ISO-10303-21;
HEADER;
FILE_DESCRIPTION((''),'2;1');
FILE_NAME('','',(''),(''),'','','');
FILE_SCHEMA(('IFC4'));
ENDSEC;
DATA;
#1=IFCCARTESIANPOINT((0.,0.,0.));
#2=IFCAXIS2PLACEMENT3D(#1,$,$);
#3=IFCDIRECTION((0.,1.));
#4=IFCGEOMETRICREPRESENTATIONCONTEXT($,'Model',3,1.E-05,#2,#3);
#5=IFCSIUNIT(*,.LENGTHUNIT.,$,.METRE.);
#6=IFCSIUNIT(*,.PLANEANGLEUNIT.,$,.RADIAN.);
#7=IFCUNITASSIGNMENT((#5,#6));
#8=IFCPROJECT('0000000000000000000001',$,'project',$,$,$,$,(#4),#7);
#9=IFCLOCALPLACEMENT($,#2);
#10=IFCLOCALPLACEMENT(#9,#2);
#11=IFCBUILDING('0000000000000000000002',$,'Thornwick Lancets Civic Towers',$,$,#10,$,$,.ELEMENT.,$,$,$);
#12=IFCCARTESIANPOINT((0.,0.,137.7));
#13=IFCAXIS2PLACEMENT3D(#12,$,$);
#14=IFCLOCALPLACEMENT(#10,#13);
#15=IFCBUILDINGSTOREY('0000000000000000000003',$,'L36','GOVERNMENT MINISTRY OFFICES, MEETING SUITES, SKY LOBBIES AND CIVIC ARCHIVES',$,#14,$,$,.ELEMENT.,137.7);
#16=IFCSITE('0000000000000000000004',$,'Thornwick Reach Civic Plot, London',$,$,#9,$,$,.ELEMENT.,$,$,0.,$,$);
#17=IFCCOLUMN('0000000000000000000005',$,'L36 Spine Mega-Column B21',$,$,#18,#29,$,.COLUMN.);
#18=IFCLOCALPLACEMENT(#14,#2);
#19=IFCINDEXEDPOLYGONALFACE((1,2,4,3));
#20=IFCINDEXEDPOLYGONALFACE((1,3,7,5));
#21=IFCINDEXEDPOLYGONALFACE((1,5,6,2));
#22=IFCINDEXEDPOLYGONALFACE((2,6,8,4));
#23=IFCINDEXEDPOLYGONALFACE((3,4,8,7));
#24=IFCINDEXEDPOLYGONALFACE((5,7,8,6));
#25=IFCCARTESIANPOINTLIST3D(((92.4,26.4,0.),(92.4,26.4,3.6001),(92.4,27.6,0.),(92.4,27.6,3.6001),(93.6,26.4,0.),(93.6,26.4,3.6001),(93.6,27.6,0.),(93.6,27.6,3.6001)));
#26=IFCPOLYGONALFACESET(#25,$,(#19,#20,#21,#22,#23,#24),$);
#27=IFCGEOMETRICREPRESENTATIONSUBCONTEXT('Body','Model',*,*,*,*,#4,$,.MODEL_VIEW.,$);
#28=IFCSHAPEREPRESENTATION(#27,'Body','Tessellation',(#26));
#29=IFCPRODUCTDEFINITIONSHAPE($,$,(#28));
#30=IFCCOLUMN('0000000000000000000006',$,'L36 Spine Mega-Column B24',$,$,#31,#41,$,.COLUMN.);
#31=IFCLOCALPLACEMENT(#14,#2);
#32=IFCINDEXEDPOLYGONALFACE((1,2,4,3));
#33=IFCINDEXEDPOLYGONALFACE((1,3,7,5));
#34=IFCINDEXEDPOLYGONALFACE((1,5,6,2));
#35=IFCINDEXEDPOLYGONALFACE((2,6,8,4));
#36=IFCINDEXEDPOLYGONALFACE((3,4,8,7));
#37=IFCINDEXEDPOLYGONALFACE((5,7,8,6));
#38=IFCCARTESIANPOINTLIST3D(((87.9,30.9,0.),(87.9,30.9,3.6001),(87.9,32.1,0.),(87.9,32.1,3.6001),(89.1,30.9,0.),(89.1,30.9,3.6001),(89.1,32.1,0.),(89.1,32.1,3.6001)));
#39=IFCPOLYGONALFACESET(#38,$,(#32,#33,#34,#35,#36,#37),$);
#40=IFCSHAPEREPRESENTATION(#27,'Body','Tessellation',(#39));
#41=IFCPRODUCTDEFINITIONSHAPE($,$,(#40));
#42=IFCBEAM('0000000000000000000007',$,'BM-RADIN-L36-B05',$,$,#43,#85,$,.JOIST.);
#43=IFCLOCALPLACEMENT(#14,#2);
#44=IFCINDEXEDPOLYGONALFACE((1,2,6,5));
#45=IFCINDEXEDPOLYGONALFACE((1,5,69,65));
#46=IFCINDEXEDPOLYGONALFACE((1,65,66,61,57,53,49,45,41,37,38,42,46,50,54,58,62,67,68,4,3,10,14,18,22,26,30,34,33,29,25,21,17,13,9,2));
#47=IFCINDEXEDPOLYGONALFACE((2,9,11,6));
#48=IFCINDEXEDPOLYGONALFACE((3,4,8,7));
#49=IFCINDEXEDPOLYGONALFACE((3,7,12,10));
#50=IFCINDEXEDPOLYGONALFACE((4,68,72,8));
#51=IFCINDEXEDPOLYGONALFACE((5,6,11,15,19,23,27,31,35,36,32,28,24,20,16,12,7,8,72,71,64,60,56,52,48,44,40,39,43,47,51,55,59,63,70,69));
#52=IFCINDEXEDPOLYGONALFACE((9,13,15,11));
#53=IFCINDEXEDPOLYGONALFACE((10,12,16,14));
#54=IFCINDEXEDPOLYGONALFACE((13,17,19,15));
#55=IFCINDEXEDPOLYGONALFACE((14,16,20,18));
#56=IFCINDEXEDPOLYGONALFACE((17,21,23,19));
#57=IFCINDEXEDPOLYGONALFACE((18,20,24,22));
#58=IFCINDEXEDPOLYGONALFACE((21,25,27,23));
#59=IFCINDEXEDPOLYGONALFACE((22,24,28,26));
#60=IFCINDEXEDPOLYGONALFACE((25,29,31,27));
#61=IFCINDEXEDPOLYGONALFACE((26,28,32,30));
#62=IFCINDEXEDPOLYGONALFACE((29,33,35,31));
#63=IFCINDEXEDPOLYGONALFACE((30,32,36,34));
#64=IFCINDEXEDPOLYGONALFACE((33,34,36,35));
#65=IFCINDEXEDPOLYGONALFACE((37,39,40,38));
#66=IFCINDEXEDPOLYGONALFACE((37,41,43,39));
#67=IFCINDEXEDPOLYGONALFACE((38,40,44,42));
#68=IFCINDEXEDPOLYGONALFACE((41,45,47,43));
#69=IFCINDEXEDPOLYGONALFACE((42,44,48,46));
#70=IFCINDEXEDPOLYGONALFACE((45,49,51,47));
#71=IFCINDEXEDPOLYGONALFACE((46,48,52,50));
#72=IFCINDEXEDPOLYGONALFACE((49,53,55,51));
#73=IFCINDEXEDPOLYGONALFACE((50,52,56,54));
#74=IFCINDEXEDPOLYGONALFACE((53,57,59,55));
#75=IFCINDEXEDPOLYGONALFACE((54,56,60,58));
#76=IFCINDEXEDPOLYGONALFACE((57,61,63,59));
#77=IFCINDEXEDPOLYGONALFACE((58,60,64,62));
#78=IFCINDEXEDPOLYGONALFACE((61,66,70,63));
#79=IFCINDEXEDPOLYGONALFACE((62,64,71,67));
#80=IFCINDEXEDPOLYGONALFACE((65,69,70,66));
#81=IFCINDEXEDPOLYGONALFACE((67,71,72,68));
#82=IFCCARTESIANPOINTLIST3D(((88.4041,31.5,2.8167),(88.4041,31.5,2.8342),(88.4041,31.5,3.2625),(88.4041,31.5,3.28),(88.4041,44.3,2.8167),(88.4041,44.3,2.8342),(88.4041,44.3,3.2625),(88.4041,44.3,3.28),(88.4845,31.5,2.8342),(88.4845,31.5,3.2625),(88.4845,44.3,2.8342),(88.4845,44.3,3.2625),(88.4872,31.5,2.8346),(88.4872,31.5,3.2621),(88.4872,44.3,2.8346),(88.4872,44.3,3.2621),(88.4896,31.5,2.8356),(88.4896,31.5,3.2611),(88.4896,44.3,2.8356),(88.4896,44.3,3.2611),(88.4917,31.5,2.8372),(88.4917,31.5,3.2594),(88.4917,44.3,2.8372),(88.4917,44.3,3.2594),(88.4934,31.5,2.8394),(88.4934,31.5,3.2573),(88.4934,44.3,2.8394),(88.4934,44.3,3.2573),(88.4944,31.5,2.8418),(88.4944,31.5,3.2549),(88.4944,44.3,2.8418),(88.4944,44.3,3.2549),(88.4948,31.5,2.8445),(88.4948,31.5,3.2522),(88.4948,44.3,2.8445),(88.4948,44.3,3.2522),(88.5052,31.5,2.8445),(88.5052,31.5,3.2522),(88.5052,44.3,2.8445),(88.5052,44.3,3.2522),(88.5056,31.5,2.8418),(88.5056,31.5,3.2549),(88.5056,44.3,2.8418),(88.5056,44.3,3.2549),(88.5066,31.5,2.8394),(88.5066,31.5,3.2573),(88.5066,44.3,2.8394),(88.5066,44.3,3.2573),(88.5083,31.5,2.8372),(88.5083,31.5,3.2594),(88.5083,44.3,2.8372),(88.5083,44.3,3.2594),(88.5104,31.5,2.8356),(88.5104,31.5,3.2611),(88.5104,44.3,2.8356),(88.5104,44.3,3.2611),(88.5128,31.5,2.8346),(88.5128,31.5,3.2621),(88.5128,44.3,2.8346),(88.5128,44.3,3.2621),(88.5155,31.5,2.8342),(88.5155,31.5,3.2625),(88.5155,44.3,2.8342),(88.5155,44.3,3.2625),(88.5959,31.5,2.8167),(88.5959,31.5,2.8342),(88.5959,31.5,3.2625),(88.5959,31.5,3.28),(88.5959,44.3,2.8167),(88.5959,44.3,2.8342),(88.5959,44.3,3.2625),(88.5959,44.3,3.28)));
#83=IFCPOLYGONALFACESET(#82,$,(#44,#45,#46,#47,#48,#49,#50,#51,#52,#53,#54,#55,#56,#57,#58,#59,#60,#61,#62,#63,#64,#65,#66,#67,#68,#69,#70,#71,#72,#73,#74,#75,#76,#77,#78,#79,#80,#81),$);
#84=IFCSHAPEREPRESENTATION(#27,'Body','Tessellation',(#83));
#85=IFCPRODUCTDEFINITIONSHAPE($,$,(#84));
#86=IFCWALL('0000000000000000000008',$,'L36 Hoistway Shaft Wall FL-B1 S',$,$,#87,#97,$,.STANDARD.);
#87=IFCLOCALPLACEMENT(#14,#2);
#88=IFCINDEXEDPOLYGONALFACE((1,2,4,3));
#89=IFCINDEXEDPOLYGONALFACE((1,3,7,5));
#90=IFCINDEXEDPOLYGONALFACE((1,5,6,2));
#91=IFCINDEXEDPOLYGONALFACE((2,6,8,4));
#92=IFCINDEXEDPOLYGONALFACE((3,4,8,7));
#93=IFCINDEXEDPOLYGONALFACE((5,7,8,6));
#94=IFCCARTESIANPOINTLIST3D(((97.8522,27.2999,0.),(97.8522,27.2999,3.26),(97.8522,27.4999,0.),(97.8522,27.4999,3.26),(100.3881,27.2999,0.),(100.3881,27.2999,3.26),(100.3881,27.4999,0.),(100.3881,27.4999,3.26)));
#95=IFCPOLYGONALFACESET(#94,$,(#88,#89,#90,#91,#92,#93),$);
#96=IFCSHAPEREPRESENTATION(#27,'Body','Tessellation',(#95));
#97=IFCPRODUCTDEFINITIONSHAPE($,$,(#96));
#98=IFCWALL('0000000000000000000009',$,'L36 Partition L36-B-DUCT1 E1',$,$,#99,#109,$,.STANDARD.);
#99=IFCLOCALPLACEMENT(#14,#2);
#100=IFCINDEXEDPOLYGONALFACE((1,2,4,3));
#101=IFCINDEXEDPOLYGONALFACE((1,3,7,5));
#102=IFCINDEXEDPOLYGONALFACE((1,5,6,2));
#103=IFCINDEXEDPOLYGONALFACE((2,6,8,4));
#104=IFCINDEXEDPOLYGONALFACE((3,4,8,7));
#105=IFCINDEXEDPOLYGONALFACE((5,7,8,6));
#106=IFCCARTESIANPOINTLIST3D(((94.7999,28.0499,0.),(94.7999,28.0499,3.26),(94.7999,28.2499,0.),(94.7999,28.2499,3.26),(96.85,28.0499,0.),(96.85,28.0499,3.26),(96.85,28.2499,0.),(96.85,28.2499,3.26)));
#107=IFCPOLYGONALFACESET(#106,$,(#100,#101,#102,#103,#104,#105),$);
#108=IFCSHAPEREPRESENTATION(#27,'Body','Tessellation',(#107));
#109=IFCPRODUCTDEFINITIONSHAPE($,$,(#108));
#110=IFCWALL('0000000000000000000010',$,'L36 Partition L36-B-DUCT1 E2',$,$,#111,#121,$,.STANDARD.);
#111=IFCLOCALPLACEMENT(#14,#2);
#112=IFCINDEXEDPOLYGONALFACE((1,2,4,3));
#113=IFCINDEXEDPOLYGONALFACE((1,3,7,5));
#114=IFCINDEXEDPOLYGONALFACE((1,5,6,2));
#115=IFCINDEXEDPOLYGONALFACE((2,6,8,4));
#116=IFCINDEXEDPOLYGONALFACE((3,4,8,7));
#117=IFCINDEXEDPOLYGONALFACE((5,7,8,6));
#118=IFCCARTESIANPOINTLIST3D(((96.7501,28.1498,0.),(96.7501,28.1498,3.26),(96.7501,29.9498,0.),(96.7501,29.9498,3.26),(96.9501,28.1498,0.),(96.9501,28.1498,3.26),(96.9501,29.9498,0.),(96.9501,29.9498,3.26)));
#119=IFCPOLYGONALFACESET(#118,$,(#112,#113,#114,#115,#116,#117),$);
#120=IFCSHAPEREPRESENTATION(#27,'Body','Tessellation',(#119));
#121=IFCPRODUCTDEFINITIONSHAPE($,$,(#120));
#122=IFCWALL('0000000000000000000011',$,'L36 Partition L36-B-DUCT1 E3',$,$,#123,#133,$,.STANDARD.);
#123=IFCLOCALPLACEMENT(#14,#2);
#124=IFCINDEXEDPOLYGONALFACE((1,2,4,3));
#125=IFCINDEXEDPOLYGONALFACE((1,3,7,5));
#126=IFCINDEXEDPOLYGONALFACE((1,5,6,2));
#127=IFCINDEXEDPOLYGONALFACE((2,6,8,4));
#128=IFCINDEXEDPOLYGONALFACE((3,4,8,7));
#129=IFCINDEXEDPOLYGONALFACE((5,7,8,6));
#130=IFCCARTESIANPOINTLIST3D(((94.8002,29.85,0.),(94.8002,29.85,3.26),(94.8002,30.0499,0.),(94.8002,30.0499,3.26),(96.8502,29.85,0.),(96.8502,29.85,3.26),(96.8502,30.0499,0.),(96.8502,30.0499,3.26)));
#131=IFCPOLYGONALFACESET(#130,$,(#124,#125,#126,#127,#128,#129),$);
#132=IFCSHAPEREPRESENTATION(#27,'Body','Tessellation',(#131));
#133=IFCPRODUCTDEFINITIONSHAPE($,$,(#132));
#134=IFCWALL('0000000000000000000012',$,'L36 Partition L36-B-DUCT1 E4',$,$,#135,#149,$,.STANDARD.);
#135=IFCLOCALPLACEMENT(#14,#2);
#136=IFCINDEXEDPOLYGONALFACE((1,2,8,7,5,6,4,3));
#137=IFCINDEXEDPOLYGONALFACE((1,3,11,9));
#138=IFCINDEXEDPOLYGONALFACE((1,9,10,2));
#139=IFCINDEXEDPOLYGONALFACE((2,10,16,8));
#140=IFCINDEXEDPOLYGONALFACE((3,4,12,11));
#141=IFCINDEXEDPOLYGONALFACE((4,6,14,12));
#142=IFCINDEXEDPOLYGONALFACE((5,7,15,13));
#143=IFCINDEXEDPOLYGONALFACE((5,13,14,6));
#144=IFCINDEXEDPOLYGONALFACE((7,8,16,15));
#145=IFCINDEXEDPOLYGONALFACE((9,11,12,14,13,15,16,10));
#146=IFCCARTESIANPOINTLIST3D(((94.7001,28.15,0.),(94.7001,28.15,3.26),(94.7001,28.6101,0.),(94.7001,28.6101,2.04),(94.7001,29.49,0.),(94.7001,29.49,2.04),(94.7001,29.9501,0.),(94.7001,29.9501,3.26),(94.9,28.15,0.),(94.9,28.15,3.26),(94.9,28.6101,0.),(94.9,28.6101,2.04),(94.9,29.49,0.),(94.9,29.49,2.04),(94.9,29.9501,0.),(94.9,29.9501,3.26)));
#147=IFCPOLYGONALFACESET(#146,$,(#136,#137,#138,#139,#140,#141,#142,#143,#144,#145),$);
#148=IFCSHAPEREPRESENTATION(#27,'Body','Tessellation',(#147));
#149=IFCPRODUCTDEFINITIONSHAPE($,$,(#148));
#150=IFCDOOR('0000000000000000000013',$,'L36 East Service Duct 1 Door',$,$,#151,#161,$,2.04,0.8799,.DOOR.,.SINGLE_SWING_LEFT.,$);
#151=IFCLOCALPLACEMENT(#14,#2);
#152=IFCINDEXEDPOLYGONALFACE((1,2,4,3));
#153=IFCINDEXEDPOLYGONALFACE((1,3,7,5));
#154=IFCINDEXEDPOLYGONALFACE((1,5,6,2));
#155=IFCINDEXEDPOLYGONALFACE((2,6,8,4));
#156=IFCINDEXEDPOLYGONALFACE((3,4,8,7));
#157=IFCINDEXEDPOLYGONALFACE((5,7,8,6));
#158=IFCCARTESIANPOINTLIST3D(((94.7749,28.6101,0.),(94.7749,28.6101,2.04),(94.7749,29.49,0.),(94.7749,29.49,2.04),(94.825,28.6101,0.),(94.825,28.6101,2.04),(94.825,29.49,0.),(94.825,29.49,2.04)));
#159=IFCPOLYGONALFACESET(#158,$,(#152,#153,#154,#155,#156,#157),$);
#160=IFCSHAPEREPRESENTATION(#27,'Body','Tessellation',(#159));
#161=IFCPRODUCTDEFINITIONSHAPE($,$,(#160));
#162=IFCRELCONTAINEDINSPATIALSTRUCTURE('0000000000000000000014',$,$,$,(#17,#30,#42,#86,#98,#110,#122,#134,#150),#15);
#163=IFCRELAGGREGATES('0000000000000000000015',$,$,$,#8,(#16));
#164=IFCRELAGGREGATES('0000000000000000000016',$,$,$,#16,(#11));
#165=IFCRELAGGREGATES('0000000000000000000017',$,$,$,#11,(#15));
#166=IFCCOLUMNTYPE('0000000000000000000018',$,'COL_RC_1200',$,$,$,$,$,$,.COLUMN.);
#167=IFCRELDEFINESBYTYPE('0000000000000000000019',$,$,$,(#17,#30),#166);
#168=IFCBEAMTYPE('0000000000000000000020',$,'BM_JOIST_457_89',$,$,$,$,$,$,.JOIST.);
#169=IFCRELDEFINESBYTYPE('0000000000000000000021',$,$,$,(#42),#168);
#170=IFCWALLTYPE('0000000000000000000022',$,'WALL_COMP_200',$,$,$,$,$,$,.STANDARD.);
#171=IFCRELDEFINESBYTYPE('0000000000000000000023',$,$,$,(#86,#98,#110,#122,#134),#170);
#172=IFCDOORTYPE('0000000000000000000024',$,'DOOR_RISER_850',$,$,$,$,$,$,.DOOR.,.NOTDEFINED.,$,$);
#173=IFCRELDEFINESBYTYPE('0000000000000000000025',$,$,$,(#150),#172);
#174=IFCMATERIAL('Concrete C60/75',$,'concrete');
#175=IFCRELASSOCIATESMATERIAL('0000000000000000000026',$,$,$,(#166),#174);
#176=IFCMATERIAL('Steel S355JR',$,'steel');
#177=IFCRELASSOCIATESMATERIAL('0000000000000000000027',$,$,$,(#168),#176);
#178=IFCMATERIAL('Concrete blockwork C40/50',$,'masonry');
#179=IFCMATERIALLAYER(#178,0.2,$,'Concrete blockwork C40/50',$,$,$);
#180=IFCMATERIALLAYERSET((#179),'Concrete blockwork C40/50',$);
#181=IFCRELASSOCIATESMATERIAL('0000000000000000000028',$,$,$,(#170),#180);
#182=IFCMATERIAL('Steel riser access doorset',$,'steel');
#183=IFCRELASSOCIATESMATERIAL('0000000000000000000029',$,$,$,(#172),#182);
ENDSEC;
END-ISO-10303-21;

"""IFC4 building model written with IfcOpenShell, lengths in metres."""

from ifc_helpers import new_model, si_unit, direction, frame, frame_2d, origin, origin_2d, place, context, subcontext, project, spatial, rectangle, i_section, extrude, material, layer, layer_set, material_profile, profile_set, type_object, element, fill, save


model = new_model("IFC4")

# Units and contexts
model_context = context("Model", 3, precision=1e-05, world=origin(), true_north=direction((0.0, 1.0)))
body_context = subcontext(model_context, "Body", "Model", "MODEL_VIEW")
ifc_project = project(units=[si_unit("LENGTHUNIT", "METRE"), si_unit("PLANEANGLEUNIT", "RADIAN")], contexts=[model_context])

# Site, building, storey
site_placement = place(None, origin())
site = spatial("IfcSite", under=ifc_project, at=site_placement, Name="Thornwick Reach Civic Plot, London", CompositionType="ELEMENT", RefElevation=0.0)
building_placement = place(site_placement, origin())
building = spatial("IfcBuilding", under=site, at=building_placement, Name="Thornwick Lancets Civic Towers", CompositionType="ELEMENT")
storey_placement = place(building_placement, frame((0.0, 0.0, 137.7)))
storey = spatial("IfcBuildingStorey", under=building, at=storey_placement, Name="L36", Description="GOVERNMENT MINISTRY OFFICES, MEETING SUITES, SKY LOBBIES AND CIVIC ARCHIVES", CompositionType="ELEMENT", Elevation=137.7)

# Columns
ifc_material_1 = material(Name="Concrete C60/75", Category="concrete")
ifc_material_profile_1 = material_profile(ifc_material_1, rectangle(XDim=1.2, YDim=1.2, at=origin_2d()), Name="RC 1200x1200")
ifc_profile_set_1 = profile_set([ifc_material_profile_1], Name="Concrete C60/75")
column_type = type_object("IfcColumnType", Name="COL_RC_1200", PredefinedType="COLUMN", material=ifc_profile_set_1)
for number, where, z_axis, x_axis, name in (
    (1, (93.0, 27.0, 0.0), (0.0, 0.0, 1.0), (1.0, 0.0, 0.0), "L36 Spine Mega-Column B21"),
    (2, (88.5, 31.5, 0.0), (0.0, 0.0, 1.0), (1.0, 0.0, 0.0), "L36 Spine Mega-Column B24"),
):
    element("IfcColumn", number, at=place(storey_placement, frame(where, z_axis=z_axis, x_axis=x_axis)), inside=storey, type_object=column_type, Name=name, PredefinedType="COLUMN", context=body_context, shape_type="SweptSolid", body=[
        extrude(rectangle(XDim=1.2, YDim=1.2, at=origin_2d()), origin(), (0.0, 0.0, 1.0), 3.6001),
    ])

# Beam
ifc_material_2 = material(Name="Steel S355JR", Category="steel")
ifc_material_profile_2 = material_profile(ifc_material_2, i_section(OverallWidth=0.1919, OverallDepth=0.4634, WebThickness=0.0105, FlangeThickness=0.0176, FilletRadius=0.0103, at=origin_2d()), Name="UKB 457x191x89")
ifc_profile_set_2 = profile_set([ifc_material_profile_2], Name="Steel S355JR")
beam_type = type_object("IfcBeamType", Name="BM_JOIST_457_89", PredefinedType="JOIST", material=ifc_profile_set_2)
beam_placement = place(storey_placement, frame((88.5, 31.5, 3.0483), z_axis=(0.0, 1.0, 0.0), x_axis=(-1.0, 0.0, 0.0)))
element("IfcBeam", 3, at=beam_placement, inside=storey, type_object=beam_type, Name="BM-RADIN-L36-B05", PredefinedType="JOIST", context=body_context, shape_type="SweptSolid", body=[
    extrude(i_section(OverallWidth=0.1919, OverallDepth=0.4634, WebThickness=0.0105, FlangeThickness=0.0176, FilletRadius=0.0103, at=origin_2d()), origin(), (0.0, 0.0, 1.0), 12.8),
])

# Walls
ifc_material_3 = material(Name="Concrete blockwork C40/50", Category="masonry")
ifc_layer_1 = layer(ifc_material_3, 0.2, Name="Concrete blockwork C40/50")
ifc_layer_set_1 = layer_set([ifc_layer_1], Name="Concrete blockwork C40/50")
wall_type_1 = type_object("IfcWallType", Name="WALL_COMP_200", PredefinedType="STANDARD", material=ifc_layer_set_1)
wall_1_placement = place(storey_placement, frame((97.8521, 27.3999, 0.0), z_axis=(0.0, 0.0, 1.0), x_axis=(1.0, 0.0, 0.0)))
element("IfcWall", 4, at=wall_1_placement, inside=storey, type_object=wall_type_1, Name="L36 Hoistway Shaft Wall FL-B1 S", PredefinedType="STANDARD", context=body_context, shape_type="SweptSolid", body=[
    extrude(rectangle(XDim=2.5359, YDim=0.2, at=frame_2d((1.2681, 0.0))), origin(), (0.0, 0.0, 1.0), 3.26),
])
wall_2_placement = place(storey_placement, frame((94.8, 28.1499, 0.0), z_axis=(0.0, 0.0, 1.0), x_axis=(1.0, 0.0, 0.0)))
element("IfcWall", 5, at=wall_2_placement, inside=storey, type_object=wall_type_1, Name="L36 Partition L36-B-DUCT1 E1", PredefinedType="STANDARD", context=body_context, shape_type="SweptSolid", body=[
    extrude(rectangle(XDim=2.05, YDim=0.2, at=frame_2d((1.0249, 0.0))), origin(), (0.0, 0.0, 1.0), 3.26),
])
wall_3_placement = place(storey_placement, frame((96.8501, 28.1499, 0.0), z_axis=(0.0, 0.0, 1.0), x_axis=(0.0, 1.0, 0.0)))
element("IfcWall", 6, at=wall_3_placement, inside=storey, type_object=wall_type_1, Name="L36 Partition L36-B-DUCT1 E2", PredefinedType="STANDARD", context=body_context, shape_type="SweptSolid", body=[
    extrude(rectangle(XDim=1.8, YDim=0.2, at=frame_2d((0.8999, 0.0))), origin(), (0.0, 0.0, 1.0), 3.26),
])
wall_4_placement = place(storey_placement, frame((96.8501, 29.95, 0.0), z_axis=(0.0, 0.0, 1.0), x_axis=(-1.0, 0.0, 0.0)))
element("IfcWall", 7, at=wall_4_placement, inside=storey, type_object=wall_type_1, Name="L36 Partition L36-B-DUCT1 E3", PredefinedType="STANDARD", context=body_context, shape_type="SweptSolid", body=[
    extrude(rectangle(XDim=2.05, YDim=0.2, at=frame_2d((1.0249, 0.0))), origin(), (0.0, 0.0, 1.0), 3.26),
])

# Wall, opening, door
wall_5_placement = place(storey_placement, frame((94.8, 29.95, 0.0), z_axis=(0.0, 0.0, 1.0), x_axis=(0.0, -1.0, 0.0)))
wall_5 = element("IfcWall", 8, at=wall_5_placement, inside=storey, type_object=wall_type_1, Name="L36 Partition L36-B-DUCT1 E4", PredefinedType="STANDARD", context=body_context, shape_type="SweptSolid", body=[
    extrude(rectangle(XDim=1.8, YDim=0.2, at=frame_2d((0.8999, 0.0))), origin(), (0.0, 0.0, 1.0), 3.26),
])
opening_1_placement = place(wall_5_placement, frame((0.46, 0.0, 0.0)))
opening_1 = element("IfcOpeningElement", 9, at=opening_1_placement, cuts=wall_5, PredefinedType="OPENING", context=body_context, shape_type="SweptSolid", body=[
    extrude(rectangle(XDim=0.8799, YDim=2.04, at=frame_2d((0.4399, 1.02))), frame((0.0, 0.1099, 0.0), z_axis=(0.0, -1.0, 0.0), x_axis=(1.0, 0.0, 0.0)), (0.0, 0.0, 1.0), 0.22),
])
ifc_material_4 = material(Name="Steel riser access doorset", Category="steel")
door_type_1 = type_object("IfcDoorType", Name="DOOR_RISER_850", OperationType="NOTDEFINED", PredefinedType="DOOR", material=ifc_material_4)
door_1_placement = place(opening_1_placement, origin())
door_1 = element("IfcDoor", 10, at=door_1_placement, inside=storey, type_object=door_type_1, Name="L36 East Service Duct 1 Door", OperationType="SINGLE_SWING_LEFT", OverallHeight=2.04, OverallWidth=0.8799, PredefinedType="DOOR", context=body_context, shape_type="SweptSolid", body=[
    extrude(rectangle(XDim=0.8799, YDim=2.04, at=frame_2d((0.4399, 1.02))), frame((0.0, 0.0249, 0.0), z_axis=(0.0, -1.0, 0.0), x_axis=(1.0, 0.0, 0.0)), (0.0, 0.0, 1.0), 0.05),
])
fill(opening_1, door_1)

save(model, "model.ifc")
